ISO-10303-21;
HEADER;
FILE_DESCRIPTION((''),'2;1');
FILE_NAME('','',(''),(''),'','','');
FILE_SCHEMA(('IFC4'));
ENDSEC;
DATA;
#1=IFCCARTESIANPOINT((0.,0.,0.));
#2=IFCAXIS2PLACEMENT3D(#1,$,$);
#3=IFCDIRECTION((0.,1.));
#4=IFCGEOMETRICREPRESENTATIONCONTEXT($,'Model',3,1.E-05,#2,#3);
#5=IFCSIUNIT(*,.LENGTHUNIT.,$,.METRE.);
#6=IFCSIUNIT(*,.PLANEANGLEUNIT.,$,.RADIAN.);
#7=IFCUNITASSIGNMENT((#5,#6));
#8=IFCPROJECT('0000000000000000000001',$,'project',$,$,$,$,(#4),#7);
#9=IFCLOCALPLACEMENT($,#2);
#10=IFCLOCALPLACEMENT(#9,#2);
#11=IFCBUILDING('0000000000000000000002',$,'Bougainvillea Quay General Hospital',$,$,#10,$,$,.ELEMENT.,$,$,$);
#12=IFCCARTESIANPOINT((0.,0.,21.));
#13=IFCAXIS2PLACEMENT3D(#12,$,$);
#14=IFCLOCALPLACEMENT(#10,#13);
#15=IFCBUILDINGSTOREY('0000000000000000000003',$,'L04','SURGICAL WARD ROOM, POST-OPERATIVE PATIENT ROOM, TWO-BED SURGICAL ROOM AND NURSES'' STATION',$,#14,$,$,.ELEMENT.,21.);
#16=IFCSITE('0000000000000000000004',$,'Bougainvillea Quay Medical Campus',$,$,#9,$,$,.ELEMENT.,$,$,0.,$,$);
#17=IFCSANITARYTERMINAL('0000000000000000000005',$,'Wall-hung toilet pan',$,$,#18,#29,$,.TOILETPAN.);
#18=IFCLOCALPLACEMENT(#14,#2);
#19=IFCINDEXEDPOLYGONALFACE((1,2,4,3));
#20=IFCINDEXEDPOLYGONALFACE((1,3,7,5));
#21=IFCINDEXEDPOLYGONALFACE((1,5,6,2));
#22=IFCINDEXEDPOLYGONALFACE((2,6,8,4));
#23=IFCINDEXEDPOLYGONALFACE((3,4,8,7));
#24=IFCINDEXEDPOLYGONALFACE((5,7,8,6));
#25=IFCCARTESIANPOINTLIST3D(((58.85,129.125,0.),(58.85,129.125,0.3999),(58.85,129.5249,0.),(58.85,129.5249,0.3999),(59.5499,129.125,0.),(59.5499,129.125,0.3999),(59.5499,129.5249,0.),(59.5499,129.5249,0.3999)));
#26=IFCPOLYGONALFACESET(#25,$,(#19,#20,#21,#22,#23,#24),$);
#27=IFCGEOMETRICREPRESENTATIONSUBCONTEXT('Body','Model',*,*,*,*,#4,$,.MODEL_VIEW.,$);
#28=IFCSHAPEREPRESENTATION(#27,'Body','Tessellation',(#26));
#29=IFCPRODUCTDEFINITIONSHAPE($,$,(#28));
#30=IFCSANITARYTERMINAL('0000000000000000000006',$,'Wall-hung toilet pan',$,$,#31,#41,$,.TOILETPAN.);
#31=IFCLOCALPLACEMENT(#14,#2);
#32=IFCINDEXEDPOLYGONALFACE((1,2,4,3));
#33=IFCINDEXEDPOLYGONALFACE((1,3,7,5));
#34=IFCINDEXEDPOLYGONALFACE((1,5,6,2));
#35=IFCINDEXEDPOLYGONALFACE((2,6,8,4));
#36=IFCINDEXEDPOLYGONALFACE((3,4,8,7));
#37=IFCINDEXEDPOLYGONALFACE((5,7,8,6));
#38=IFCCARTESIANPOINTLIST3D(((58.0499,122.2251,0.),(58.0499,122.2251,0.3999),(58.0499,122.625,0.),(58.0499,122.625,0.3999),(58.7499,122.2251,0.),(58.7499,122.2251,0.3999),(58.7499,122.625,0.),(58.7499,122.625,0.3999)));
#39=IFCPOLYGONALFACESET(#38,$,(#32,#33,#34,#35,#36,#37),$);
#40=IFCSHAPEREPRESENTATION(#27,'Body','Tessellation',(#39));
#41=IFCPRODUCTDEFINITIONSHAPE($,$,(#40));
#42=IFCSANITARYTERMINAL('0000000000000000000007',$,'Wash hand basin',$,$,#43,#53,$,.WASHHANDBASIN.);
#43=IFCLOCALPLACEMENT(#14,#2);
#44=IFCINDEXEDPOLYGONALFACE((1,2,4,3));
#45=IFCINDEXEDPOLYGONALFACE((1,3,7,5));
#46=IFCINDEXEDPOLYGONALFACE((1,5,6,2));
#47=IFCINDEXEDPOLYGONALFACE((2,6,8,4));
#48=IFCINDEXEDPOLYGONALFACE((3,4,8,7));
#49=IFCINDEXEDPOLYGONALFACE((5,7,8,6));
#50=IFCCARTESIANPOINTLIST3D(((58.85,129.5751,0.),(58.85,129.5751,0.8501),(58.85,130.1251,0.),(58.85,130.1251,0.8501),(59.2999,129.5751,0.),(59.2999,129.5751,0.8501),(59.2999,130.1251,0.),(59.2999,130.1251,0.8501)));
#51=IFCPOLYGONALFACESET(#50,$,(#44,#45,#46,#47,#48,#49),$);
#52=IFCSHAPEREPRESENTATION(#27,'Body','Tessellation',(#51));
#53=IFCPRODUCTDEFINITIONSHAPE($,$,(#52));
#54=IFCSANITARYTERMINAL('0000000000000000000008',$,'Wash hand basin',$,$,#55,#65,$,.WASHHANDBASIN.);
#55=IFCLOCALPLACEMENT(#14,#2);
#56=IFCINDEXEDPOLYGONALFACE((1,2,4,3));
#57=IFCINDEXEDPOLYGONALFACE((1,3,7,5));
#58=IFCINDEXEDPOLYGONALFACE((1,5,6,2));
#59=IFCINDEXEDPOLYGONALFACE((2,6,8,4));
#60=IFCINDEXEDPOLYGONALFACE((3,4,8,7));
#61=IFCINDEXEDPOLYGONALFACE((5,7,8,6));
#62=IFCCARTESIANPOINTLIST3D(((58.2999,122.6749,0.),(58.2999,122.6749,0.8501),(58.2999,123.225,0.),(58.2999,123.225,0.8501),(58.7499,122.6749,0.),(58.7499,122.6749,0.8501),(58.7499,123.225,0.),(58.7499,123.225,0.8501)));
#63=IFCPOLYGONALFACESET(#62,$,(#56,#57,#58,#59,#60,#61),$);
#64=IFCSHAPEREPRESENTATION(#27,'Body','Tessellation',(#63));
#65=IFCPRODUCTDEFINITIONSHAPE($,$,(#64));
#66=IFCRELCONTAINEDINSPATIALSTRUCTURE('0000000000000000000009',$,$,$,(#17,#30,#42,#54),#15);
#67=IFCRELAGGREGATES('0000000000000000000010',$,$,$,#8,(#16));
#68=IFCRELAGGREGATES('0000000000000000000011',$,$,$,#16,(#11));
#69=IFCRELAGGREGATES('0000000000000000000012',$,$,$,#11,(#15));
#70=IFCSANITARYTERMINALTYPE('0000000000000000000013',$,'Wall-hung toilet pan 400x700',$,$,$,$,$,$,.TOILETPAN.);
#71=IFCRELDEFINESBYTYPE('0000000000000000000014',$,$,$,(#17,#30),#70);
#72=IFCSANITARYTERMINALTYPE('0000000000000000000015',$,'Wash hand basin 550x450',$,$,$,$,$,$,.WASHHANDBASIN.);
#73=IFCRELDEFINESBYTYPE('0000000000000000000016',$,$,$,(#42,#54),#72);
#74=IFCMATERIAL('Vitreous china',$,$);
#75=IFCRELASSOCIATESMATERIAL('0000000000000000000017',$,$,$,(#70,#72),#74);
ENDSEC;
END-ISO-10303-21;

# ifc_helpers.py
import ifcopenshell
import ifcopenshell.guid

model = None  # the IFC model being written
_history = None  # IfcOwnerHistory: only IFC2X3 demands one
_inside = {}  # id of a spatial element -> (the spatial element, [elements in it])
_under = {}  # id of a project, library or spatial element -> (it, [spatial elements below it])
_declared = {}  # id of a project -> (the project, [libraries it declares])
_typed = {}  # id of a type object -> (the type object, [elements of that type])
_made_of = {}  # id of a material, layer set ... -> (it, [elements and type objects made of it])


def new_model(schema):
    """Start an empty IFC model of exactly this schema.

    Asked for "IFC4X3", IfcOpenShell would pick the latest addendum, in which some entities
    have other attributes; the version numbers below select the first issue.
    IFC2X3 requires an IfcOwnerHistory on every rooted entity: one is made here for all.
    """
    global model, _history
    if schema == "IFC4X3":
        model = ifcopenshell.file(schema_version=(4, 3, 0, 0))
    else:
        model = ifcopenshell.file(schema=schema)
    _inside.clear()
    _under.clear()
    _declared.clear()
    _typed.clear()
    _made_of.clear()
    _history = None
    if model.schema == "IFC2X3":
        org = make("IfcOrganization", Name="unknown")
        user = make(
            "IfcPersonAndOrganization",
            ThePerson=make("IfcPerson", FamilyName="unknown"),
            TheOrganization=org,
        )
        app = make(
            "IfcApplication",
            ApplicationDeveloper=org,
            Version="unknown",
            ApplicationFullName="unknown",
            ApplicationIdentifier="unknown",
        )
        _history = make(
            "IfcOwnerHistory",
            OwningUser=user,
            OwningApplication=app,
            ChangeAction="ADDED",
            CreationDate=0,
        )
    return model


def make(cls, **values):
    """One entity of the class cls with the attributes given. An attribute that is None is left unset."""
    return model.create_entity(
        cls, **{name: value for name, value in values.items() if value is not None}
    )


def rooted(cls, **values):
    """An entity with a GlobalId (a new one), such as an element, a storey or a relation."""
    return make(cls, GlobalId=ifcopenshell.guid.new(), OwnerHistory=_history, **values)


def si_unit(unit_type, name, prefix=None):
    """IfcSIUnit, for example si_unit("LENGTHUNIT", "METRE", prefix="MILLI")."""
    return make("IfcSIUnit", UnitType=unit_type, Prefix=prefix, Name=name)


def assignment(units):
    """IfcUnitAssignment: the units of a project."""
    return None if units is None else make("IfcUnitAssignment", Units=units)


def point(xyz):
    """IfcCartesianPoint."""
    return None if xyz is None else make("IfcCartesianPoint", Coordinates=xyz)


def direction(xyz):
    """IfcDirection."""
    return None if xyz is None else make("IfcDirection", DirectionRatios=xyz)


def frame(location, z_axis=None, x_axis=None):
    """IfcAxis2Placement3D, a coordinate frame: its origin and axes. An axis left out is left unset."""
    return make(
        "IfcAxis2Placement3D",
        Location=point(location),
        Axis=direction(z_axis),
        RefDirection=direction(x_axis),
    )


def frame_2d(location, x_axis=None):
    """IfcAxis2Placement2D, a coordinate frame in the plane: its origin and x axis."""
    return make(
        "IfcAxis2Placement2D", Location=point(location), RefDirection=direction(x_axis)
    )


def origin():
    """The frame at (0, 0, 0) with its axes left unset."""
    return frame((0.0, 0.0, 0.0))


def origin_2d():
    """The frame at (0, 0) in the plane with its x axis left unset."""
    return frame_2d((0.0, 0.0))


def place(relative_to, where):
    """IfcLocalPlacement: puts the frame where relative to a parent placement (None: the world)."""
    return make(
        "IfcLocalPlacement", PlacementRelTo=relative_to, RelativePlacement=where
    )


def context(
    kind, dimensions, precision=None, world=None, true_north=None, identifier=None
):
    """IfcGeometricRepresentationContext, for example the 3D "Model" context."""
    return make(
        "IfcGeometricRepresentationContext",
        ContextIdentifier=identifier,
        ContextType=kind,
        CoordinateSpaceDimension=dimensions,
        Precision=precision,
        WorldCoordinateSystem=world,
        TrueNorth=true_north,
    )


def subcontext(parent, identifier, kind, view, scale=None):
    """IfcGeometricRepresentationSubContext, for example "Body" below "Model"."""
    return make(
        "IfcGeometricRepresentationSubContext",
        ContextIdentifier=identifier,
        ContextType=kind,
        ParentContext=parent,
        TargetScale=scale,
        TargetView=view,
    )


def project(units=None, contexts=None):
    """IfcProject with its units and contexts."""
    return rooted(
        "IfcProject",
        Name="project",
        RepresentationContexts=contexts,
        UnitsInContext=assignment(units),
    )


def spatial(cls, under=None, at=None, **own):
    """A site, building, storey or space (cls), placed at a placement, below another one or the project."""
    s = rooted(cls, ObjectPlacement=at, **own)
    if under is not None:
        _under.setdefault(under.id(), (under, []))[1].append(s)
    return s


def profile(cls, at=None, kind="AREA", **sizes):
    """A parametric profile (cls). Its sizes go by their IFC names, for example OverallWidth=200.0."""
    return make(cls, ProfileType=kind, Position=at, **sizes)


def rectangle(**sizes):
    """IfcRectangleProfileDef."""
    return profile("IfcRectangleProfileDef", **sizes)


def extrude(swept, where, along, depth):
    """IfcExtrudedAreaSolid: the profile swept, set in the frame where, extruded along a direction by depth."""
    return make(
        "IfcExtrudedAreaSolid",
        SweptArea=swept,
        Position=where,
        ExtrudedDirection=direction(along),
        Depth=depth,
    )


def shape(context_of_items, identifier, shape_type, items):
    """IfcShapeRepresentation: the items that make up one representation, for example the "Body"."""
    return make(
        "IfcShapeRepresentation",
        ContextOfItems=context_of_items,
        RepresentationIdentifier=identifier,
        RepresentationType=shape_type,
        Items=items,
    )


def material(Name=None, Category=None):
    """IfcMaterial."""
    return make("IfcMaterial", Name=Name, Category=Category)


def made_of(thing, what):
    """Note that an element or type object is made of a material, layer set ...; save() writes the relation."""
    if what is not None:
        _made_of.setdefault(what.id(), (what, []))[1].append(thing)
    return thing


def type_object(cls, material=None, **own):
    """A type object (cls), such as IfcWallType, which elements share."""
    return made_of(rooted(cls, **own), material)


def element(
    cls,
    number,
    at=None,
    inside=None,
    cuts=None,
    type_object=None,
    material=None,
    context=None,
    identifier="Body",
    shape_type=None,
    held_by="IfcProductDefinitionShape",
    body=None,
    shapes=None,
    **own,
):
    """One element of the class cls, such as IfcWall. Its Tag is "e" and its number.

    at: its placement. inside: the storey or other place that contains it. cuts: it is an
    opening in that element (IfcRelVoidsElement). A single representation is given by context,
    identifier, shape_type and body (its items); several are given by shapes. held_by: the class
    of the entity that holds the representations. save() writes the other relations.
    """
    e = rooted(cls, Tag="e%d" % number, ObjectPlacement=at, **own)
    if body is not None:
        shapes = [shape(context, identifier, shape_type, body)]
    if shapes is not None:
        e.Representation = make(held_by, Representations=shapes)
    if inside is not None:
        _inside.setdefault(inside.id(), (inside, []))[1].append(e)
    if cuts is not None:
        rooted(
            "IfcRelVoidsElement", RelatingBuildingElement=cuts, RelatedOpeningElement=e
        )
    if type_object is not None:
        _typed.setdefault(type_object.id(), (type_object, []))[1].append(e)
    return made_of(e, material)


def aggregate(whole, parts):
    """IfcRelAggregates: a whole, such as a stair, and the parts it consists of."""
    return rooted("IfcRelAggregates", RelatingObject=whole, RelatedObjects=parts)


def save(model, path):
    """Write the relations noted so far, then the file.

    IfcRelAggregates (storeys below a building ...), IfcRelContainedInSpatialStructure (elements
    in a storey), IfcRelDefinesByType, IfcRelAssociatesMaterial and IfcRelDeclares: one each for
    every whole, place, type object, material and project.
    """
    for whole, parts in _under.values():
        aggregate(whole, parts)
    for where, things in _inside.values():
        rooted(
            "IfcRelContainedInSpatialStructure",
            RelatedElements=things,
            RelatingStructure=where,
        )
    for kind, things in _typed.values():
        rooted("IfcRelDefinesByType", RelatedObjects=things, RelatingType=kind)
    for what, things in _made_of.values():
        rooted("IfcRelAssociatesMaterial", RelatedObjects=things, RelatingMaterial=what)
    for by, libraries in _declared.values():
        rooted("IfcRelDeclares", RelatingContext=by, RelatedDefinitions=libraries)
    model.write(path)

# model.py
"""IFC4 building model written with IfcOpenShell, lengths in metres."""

from ifc_helpers import new_model, si_unit, direction, frame, origin, origin_2d, place, context, subcontext, project, spatial, rectangle, extrude, material, type_object, element, save


model = new_model("IFC4")

# Units and contexts
model_context = context("Model", 3, precision=1e-05, world=origin(), true_north=direction((0.0, 1.0)))
body_context = subcontext(model_context, "Body", "Model", "MODEL_VIEW")
ifc_project = project(units=[si_unit("LENGTHUNIT", "METRE"), si_unit("PLANEANGLEUNIT", "RADIAN")], contexts=[model_context])

# Site, building, storey
site_placement = place(None, origin())
site = spatial("IfcSite", under=ifc_project, at=site_placement, Name="Bougainvillea Quay Medical Campus", CompositionType="ELEMENT", RefElevation=0.0)
building_placement = place(site_placement, origin())
building = spatial("IfcBuilding", under=site, at=building_placement, Name="Bougainvillea Quay General Hospital", CompositionType="ELEMENT")
storey_placement = place(building_placement, frame((0.0, 0.0, 21.0)))
storey = spatial("IfcBuildingStorey", under=building, at=storey_placement, Name="L04", Description="SURGICAL WARD ROOM, POST-OPERATIVE PATIENT ROOM, TWO-BED SURGICAL ROOM AND NURSES' STATION", CompositionType="ELEMENT", Elevation=21.0)

# Sanitary terminals
ifc_material_1 = material(Name="Vitreous china")
sanitary_terminal_type_1 = type_object("IfcSanitaryTerminalType", Name="Wall-hung toilet pan 400x700", PredefinedType="TOILETPAN", material=ifc_material_1)
for number, where, z_axis, x_axis, name in (
    (1, (59.2, 129.325, 0.0), (0.0, 0.0, 1.0), (0.0, 1.0, 0.0), "Wall-hung toilet pan"),
    (2, (58.3999, 122.425, 0.0), (0.0, 0.0, 1.0), (0.0, -1.0, 0.0), "Wall-hung toilet pan"),
):
    element("IfcSanitaryTerminal", number, at=place(storey_placement, frame(where, z_axis=z_axis, x_axis=x_axis)), inside=storey, type_object=sanitary_terminal_type_1, Name=name, PredefinedType="TOILETPAN", context=body_context, shape_type="SweptSolid", body=[
        extrude(rectangle(XDim=0.3999, YDim=0.7, at=origin_2d()), origin(), (0.0, 0.0, 1.0), 0.3999),
    ])
sanitary_terminal_type_2 = type_object("IfcSanitaryTerminalType", Name="Wash hand basin 550x450", PredefinedType="WASHHANDBASIN", material=ifc_material_1)
for number, where, z_axis, x_axis, name in (
    (3, (59.075, 129.8501, 0.0), (0.0, 0.0, 1.0), (0.0, 1.0, 0.0), "Wash hand basin"),
    (4, (58.5249, 122.95, 0.0), (0.0, 0.0, 1.0), (0.0, -1.0, 0.0), "Wash hand basin"),
):
    element("IfcSanitaryTerminal", number, at=place(storey_placement, frame(where, z_axis=z_axis, x_axis=x_axis)), inside=storey, type_object=sanitary_terminal_type_2, Name=name, PredefinedType="WASHHANDBASIN", context=body_context, shape_type="SweptSolid", body=[
        extrude(rectangle(XDim=0.55, YDim=0.45, at=origin_2d()), origin(), (0.0, 0.0, 1.0), 0.8501),
    ])

save(model, "model.ifc")
